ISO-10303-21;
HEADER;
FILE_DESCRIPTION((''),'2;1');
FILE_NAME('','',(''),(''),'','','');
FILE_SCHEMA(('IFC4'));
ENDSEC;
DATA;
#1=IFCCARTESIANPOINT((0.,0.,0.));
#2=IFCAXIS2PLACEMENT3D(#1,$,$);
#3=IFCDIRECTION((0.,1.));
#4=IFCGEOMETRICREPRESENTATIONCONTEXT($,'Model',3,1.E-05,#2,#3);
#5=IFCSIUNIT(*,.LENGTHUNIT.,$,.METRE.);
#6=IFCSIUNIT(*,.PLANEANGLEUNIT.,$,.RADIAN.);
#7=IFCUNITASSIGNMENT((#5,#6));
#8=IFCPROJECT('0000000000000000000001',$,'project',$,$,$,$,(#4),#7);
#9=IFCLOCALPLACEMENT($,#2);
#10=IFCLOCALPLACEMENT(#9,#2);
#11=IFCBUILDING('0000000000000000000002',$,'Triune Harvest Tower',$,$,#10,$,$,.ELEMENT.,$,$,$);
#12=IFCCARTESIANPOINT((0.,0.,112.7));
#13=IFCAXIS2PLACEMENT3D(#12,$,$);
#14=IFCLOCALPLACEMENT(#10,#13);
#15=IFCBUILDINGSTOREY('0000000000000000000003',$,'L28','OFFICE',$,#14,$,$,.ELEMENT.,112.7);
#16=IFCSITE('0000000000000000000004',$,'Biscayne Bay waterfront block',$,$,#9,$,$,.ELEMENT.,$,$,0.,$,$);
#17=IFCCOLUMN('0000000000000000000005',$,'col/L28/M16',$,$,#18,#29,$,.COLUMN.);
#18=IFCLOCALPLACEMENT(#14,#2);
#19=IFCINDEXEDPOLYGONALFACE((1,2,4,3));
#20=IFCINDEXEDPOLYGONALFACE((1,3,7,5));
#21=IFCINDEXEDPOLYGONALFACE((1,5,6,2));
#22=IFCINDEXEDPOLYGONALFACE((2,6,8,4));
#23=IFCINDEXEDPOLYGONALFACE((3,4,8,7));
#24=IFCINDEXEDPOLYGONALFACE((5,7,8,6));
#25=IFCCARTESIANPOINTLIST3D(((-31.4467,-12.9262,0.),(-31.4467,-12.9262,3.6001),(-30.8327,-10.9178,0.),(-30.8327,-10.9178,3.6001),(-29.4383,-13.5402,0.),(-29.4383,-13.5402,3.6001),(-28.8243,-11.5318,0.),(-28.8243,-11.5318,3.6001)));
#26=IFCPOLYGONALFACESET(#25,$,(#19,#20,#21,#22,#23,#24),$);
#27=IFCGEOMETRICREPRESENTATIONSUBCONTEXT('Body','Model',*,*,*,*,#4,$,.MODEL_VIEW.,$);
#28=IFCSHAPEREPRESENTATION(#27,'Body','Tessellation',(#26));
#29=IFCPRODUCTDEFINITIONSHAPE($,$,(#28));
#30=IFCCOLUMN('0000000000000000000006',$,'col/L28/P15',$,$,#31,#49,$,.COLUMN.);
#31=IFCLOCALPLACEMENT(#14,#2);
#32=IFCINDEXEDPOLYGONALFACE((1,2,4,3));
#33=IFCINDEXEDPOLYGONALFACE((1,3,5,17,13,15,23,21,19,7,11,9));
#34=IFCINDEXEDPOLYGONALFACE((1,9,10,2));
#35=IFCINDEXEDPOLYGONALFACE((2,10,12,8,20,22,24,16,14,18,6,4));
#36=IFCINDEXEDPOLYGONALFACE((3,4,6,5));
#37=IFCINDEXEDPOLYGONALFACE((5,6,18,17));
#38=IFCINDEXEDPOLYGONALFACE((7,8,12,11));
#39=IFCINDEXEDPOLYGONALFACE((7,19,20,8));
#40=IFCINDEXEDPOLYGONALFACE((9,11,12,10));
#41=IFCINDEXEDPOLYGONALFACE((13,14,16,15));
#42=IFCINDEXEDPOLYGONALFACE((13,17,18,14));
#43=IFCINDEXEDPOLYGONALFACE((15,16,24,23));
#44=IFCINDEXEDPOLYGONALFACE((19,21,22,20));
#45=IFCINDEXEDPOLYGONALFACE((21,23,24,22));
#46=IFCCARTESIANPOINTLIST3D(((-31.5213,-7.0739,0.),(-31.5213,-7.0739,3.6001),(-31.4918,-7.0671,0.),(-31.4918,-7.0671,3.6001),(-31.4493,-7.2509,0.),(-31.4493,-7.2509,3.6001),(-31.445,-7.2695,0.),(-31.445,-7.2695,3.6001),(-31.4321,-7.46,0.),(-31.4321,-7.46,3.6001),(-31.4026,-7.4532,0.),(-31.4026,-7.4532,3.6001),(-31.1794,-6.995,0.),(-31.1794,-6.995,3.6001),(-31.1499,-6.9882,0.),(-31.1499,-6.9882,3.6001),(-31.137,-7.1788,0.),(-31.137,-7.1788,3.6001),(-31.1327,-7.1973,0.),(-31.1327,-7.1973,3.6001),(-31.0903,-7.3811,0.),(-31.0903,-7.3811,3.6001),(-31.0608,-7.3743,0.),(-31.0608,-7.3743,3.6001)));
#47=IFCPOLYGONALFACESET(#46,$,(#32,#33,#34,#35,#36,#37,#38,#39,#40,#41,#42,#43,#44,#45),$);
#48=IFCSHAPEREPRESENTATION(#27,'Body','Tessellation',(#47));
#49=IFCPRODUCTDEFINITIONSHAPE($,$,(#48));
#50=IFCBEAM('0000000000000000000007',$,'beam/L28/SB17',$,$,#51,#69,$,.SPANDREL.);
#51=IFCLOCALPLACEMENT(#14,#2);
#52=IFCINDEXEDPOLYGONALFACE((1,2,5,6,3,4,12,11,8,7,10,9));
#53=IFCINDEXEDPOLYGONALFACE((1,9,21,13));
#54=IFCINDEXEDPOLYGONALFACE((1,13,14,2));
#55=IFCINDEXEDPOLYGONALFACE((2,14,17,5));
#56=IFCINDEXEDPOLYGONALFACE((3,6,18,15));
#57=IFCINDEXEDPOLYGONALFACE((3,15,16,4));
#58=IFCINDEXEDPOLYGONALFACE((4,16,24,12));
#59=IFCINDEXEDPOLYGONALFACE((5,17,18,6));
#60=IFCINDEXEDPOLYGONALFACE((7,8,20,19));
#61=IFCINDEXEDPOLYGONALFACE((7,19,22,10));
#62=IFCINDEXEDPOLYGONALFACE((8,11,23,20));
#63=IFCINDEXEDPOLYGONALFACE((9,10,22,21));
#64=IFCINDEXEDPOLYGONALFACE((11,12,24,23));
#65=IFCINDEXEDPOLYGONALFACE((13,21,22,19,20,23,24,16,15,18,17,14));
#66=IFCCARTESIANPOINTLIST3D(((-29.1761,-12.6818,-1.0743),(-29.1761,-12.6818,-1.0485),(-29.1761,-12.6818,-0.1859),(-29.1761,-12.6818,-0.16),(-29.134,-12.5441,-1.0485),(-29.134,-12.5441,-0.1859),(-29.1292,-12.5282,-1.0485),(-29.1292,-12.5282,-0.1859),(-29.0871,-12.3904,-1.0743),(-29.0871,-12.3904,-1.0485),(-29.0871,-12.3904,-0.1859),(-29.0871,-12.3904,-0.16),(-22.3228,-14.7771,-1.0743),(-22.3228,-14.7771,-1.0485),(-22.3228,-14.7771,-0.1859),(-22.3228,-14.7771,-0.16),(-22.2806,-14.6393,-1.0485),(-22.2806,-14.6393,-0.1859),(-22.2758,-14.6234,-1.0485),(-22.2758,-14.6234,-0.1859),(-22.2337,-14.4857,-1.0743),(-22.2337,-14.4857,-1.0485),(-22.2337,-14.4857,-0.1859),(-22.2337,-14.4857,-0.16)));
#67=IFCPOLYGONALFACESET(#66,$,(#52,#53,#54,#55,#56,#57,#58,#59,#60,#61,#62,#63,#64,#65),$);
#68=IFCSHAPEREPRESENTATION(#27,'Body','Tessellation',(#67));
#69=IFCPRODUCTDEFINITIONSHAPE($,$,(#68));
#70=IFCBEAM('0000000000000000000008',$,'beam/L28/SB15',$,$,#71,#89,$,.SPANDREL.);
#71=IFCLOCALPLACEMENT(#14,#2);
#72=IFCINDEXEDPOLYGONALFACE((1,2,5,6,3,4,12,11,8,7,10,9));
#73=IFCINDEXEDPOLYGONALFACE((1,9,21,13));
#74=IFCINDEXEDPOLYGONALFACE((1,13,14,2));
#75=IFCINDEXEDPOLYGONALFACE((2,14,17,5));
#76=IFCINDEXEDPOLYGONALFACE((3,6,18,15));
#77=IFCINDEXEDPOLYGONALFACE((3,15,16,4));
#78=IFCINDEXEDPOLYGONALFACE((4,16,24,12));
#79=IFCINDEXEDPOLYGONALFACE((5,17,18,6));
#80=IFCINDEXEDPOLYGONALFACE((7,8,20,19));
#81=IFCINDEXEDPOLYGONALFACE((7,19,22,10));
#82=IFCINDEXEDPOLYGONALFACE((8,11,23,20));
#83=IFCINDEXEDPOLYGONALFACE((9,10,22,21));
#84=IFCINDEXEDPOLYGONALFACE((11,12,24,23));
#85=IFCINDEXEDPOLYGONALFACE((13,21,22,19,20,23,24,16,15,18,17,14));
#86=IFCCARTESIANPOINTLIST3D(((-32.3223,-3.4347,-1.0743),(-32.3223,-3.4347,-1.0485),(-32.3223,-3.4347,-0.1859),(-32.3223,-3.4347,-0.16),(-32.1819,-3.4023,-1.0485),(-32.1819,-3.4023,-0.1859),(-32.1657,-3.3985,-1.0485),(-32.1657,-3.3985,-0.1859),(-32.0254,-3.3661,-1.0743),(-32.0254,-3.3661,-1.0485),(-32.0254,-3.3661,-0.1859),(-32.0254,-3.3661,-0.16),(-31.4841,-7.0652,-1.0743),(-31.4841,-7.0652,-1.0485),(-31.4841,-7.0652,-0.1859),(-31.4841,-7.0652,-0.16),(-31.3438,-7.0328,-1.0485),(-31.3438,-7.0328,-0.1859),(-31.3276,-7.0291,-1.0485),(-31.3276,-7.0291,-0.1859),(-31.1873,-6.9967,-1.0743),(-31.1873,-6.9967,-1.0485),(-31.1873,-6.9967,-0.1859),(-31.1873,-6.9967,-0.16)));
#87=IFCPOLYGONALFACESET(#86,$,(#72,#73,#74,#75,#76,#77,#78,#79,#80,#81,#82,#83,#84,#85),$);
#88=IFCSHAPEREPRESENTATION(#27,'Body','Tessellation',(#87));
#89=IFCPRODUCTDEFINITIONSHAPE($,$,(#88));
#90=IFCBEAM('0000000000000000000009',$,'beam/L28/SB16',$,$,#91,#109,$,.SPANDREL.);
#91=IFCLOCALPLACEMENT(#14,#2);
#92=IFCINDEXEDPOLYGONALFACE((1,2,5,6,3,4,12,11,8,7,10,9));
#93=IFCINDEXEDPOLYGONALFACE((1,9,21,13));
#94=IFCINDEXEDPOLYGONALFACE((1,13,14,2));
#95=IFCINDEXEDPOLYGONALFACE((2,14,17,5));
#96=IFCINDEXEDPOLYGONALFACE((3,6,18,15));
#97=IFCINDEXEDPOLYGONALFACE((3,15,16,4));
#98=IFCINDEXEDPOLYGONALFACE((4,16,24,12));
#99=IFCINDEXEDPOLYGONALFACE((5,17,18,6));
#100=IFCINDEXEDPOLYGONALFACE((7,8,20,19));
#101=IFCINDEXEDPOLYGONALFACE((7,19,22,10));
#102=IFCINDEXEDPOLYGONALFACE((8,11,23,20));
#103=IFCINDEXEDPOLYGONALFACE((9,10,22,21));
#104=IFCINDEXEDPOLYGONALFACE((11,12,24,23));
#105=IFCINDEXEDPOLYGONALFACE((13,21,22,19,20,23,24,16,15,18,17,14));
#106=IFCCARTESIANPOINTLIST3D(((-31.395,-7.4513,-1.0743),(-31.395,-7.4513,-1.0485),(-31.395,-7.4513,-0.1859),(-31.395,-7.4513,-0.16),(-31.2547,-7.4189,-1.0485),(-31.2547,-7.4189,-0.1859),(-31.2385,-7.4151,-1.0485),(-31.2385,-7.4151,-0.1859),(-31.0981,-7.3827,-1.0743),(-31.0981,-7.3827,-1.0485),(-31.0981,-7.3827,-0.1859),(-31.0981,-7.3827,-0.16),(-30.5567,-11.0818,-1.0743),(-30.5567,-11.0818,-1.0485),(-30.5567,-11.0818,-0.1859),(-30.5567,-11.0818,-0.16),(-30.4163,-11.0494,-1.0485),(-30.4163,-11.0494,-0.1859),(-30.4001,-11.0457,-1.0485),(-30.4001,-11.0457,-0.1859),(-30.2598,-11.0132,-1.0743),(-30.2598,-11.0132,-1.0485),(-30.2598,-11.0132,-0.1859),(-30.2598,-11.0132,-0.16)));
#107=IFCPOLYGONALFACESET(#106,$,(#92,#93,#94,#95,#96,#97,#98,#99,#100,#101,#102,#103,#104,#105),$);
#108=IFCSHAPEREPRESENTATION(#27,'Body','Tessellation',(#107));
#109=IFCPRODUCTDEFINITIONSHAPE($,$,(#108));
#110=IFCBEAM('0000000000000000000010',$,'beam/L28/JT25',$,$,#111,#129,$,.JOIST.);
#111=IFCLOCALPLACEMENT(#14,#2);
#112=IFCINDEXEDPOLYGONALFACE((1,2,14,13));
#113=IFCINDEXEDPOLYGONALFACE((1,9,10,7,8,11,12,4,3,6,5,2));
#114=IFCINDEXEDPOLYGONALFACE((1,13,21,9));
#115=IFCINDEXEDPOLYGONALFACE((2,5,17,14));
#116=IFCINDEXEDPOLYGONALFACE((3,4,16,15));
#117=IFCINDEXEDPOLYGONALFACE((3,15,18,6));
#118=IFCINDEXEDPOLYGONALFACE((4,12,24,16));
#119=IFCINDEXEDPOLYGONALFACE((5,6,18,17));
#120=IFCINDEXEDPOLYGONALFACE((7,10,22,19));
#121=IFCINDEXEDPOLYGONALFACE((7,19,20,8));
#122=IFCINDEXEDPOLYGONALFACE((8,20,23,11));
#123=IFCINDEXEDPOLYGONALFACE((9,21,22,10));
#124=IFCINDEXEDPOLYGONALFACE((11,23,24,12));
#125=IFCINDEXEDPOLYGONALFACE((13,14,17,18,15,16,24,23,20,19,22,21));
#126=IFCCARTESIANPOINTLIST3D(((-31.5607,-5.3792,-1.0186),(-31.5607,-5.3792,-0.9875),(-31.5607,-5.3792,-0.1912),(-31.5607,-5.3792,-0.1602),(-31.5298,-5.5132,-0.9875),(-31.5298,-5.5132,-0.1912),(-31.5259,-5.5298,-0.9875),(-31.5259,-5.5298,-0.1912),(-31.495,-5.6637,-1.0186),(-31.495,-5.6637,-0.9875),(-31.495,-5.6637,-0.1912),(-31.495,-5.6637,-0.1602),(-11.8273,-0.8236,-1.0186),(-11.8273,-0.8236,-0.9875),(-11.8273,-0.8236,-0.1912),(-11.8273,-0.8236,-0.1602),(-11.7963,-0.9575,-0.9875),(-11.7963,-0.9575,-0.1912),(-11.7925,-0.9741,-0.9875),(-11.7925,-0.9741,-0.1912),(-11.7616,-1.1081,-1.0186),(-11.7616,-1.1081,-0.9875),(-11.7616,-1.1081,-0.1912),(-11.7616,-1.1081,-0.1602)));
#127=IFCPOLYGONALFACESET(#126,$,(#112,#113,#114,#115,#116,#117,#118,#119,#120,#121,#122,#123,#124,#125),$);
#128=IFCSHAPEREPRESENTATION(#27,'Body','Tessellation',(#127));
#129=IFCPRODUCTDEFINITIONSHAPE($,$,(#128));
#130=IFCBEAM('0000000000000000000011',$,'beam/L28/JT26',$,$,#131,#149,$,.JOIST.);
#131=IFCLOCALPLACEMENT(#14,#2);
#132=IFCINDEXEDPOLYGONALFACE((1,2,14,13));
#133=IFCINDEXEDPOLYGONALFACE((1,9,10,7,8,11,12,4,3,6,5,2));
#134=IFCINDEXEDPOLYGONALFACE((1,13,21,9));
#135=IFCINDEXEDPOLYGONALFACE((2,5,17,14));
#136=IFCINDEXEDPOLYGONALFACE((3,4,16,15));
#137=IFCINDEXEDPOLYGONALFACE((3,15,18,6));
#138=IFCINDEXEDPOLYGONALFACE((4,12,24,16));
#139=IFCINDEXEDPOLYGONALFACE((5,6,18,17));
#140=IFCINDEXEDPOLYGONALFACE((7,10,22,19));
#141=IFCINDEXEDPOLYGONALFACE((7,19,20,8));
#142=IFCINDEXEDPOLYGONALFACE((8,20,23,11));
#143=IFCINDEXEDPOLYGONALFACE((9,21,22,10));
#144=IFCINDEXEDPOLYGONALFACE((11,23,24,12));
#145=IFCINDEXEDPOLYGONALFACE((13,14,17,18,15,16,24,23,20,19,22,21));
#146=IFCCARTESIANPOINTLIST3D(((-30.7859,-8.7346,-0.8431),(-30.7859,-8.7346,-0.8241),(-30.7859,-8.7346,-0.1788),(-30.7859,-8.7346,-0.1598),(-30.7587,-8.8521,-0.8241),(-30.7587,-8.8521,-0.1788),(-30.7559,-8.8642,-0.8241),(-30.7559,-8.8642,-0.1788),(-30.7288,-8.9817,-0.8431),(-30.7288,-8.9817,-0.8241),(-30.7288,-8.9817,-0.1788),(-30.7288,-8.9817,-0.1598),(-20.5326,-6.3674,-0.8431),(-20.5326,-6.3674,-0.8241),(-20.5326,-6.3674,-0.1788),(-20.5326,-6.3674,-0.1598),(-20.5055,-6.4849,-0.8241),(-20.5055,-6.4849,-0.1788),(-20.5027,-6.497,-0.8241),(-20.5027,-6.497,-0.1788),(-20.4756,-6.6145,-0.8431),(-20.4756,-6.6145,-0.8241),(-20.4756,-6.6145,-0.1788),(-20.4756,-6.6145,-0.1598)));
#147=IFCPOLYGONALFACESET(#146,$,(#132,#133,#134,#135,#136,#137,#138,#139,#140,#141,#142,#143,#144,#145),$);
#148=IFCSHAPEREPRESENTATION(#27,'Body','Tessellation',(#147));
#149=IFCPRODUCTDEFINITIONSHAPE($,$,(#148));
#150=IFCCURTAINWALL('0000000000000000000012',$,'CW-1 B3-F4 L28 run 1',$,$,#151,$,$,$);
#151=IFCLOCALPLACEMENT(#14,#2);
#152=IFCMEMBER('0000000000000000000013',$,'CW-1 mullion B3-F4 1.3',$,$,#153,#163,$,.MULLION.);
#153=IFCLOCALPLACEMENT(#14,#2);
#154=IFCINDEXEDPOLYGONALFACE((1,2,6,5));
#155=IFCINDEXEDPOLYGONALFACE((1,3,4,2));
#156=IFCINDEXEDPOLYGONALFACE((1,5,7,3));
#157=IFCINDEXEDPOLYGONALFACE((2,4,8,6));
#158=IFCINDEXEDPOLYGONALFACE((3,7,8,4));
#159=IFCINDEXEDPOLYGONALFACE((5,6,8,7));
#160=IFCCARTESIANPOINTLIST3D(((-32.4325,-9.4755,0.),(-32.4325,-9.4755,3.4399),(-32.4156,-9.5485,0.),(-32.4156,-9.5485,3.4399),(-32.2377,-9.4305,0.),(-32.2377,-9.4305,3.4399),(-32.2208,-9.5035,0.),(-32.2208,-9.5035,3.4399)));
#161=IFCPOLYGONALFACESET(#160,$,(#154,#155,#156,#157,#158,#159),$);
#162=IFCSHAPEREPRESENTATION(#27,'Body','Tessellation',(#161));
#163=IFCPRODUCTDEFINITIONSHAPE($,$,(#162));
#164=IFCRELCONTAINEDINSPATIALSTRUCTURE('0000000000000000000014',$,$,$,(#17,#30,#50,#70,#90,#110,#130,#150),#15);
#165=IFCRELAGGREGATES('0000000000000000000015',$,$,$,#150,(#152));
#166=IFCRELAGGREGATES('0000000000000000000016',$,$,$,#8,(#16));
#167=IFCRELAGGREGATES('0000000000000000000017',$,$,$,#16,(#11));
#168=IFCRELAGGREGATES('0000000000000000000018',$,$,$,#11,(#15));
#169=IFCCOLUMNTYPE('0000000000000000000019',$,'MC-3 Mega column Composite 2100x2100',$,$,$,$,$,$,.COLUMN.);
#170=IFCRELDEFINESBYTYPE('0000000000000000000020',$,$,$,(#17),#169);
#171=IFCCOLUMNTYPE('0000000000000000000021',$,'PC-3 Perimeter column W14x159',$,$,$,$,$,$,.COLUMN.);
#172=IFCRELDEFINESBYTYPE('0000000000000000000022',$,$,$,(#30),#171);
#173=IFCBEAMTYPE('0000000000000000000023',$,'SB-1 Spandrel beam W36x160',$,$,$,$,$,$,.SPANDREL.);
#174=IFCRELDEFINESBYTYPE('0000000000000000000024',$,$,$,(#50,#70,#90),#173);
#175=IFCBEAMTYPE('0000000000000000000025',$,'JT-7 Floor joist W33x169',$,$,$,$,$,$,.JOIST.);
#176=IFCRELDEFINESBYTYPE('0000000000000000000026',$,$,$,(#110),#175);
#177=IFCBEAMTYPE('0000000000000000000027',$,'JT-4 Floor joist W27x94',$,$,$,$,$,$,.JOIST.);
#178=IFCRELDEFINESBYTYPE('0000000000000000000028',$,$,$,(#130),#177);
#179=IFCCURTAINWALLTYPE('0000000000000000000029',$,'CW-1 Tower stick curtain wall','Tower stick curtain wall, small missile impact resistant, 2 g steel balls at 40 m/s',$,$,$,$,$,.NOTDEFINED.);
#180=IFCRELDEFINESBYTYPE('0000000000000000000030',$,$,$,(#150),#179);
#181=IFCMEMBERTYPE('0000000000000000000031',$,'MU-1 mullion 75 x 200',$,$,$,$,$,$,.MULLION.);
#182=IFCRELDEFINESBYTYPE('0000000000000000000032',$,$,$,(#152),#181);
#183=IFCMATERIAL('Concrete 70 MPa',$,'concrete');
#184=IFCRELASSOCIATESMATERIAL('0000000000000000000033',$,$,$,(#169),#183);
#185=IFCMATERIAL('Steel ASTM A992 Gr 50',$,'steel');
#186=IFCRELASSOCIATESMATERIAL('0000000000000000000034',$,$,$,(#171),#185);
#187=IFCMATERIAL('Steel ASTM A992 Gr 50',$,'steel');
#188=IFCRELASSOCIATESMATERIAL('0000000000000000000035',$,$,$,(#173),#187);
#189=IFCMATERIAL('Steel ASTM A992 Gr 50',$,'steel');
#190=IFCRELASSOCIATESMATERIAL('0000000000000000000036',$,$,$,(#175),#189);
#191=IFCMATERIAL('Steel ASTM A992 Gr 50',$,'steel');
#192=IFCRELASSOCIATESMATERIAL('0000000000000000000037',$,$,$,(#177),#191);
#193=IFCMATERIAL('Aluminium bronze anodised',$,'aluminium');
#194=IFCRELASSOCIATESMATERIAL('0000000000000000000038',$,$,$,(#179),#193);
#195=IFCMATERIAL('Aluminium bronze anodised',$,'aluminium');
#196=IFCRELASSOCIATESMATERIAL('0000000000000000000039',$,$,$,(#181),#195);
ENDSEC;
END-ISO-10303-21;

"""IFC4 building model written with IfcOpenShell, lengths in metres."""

from ifc_helpers import new_model, si_unit, direction, frame, origin, origin_2d, place, context, subcontext, project, spatial, rectangle, i_section, extrude, source, transform, mapped, material, material_profile, profile_set, type_object, element, aggregate, save


model = new_model("IFC4")

# Units and contexts
model_context = context("Model", 3, precision=1e-05, world=origin(), true_north=direction((0.0, 1.0)))
body_context = subcontext(model_context, "Body", "Model", "MODEL_VIEW")
ifc_project = project(units=[si_unit("LENGTHUNIT", "METRE"), si_unit("PLANEANGLEUNIT", "RADIAN")], contexts=[model_context])

# Site, building, storey
site_placement = place(None, origin())
site = spatial("IfcSite", under=ifc_project, at=site_placement, Name="Biscayne Bay waterfront block", CompositionType="ELEMENT", RefElevation=0.0)
building_placement = place(site_placement, origin())
building = spatial("IfcBuilding", under=site, at=building_placement, Name="Triune Harvest Tower", CompositionType="ELEMENT")
storey_placement = place(building_placement, frame((0.0, 0.0, 112.7)))
storey = spatial("IfcBuildingStorey", under=building, at=storey_placement, Name="L28", Description="OFFICE", CompositionType="ELEMENT", Elevation=112.7)

# Columns
ifc_material_1 = material(Name="Concrete 70 MPa", Category="concrete")
ifc_material_profile_1 = material_profile(ifc_material_1, rectangle(XDim=2.1001, YDim=2.1001, at=origin_2d()), Name="Composite 2100x2100")
ifc_profile_set_1 = profile_set([ifc_material_profile_1], Name="Concrete 70 MPa")
column_type_1 = type_object("IfcColumnType", Name="MC-3 Mega column Composite 2100x2100", PredefinedType="COLUMN", material=ifc_profile_set_1)
shared_shape_1 = source(origin(), body_context, "Body", "SweptSolid", [
    extrude(rectangle(XDim=2.1001, YDim=2.1001, at=origin_2d()), origin(), (0.0, 0.0, 1.0), 3.6001),
])
column_1_placement = place(storey_placement, frame((-30.1355, -12.229, 0.0), z_axis=(0.0, 0.0, 1.0), x_axis=(0.956305, -0.292372, 0.0)))
element("IfcColumn", 1, at=column_1_placement, inside=storey, type_object=column_type_1, Name="col/L28/M16", PredefinedType="COLUMN", context=body_context, shape_type="MappedRepresentation", body=[
    mapped(shared_shape_1, transform((0.0, 0.0, 0.0), scale=1.0)),
])
ifc_material_2 = material(Name="Steel ASTM A992 Gr 50", Category="steel")
ifc_material_profile_2 = material_profile(ifc_material_2, i_section(OverallWidth=0.3962, OverallDepth=0.3811, WebThickness=0.019, FlangeThickness=0.0303, at=origin_2d()), Name="W14x159")
ifc_profile_set_2 = profile_set([ifc_material_profile_2], Name="Steel ASTM A992 Gr 50")
column_type_2 = type_object("IfcColumnType", Name="PC-3 Perimeter column W14x159", PredefinedType="COLUMN", material=ifc_profile_set_2)
shared_shape_2 = source(origin(), body_context, "Body", "SweptSolid", [
    extrude(i_section(OverallWidth=0.3962, OverallDepth=0.3811, WebThickness=0.019, FlangeThickness=0.0303, at=origin_2d()), origin(), (0.0, 0.0, 1.0), 3.6001),
])
column_2_placement = place(storey_placement, frame((-31.291, -7.2241, 0.0), z_axis=(0.0, 0.0, 1.0), x_axis=(0.224951, -0.97437, 0.0)))
element("IfcColumn", 2, at=column_2_placement, inside=storey, type_object=column_type_2, Name="col/L28/P15", PredefinedType="COLUMN", context=body_context, shape_type="MappedRepresentation", body=[
    mapped(shared_shape_2, transform((0.0, 0.0, 0.0), scale=1.0)),
])

# Beams
ifc_material_3 = material(Name="Steel ASTM A992 Gr 50", Category="steel")
ifc_material_profile_3 = material_profile(ifc_material_3, i_section(OverallWidth=0.3047, OverallDepth=0.9143, WebThickness=0.0166, FlangeThickness=0.0259, at=origin_2d()), Name="W36x160")
ifc_profile_set_3 = profile_set([ifc_material_profile_3], Name="Steel ASTM A992 Gr 50")
beam_type_1 = type_object("IfcBeamType", Name="SB-1 Spandrel beam W36x160", PredefinedType="SPANDREL", material=ifc_profile_set_3)
shared_shape_3 = source(origin(), body_context, "Body", "SweptSolid", [
    extrude(i_section(OverallWidth=0.3047, OverallDepth=0.9143, WebThickness=0.0166, FlangeThickness=0.0259, at=origin_2d()), origin(), (0.0, 0.0, 1.0), 7.1665),
])
beam_1_placement = place(storey_placement, frame((-29.1316, -12.5361, -0.6172), z_axis=(0.956306, -0.292367, 0.0), x_axis=(0.292367, 0.956306, 0.0)))
element("IfcBeam", 3, at=beam_1_placement, inside=storey, type_object=beam_type_1, Name="beam/L28/SB17", PredefinedType="SPANDREL", context=body_context, shape_type="MappedRepresentation", body=[
    mapped(shared_shape_3, transform((0.0, 0.0, 0.0), scale=1.0)),
])
shared_shape_4 = source(origin(), body_context, "Body", "SweptSolid", [
    extrude(i_section(OverallWidth=0.3047, OverallDepth=0.9143, WebThickness=0.0166, FlangeThickness=0.0259, at=origin_2d()), origin(), (0.0, 0.0, 1.0), 3.7261),
])
for number, where, z_axis, x_axis, name in (
    (4, (-32.1738, -3.4004, -0.6172), (0.224936, -0.974374, 0.0), (0.974374, 0.224936, 0.0), "beam/L28/SB15"),
    (5, (-31.2466, -7.417, -0.6172), (0.224998, -0.974359, 0.0), (0.974359, 0.224998, 0.0), "beam/L28/SB16"),
):
    element("IfcBeam", number, at=place(storey_placement, frame(where, z_axis=z_axis, x_axis=x_axis)), inside=storey, type_object=beam_type_1, Name=name, PredefinedType="SPANDREL", context=body_context, shape_type="MappedRepresentation", body=[
        mapped(shared_shape_4, transform((0.0, 0.0, 0.0), scale=1.0)),
    ])
ifc_material_4 = material(Name="Steel ASTM A992 Gr 50", Category="steel")
ifc_material_profile_4 = material_profile(ifc_material_4, i_section(OverallWidth=0.292, OverallDepth=0.8584, WebThickness=0.0171, FlangeThickness=0.031, at=origin_2d()), Name="W33x169")
ifc_profile_set_4 = profile_set([ifc_material_profile_4], Name="Steel ASTM A992 Gr 50")
beam_type_2 = type_object("IfcBeamType", Name="JT-7 Floor joist W33x169", PredefinedType="JOIST", material=ifc_profile_set_4)
shared_shape_5 = source(origin(), body_context, "Body", "SweptSolid", [
    extrude(i_section(OverallWidth=0.292, OverallDepth=0.8584, WebThickness=0.0171, FlangeThickness=0.031, at=origin_2d()), origin(), (0.0, 0.0, 1.0), 20.2524),
])
beam_2_placement = place(storey_placement, frame((-31.5278, -5.5215, -0.5894), z_axis=(0.974372, 0.224944, 0.0), x_axis=(-0.224944, 0.974372, 0.0)))
element("IfcBeam", 6, at=beam_2_placement, inside=storey, type_object=beam_type_2, Name="beam/L28/JT25", PredefinedType="JOIST", context=body_context, shape_type="MappedRepresentation", body=[
    mapped(shared_shape_5, transform((0.0, 0.0, 0.0), scale=1.0)),
])
ifc_material_5 = material(Name="Steel ASTM A992 Gr 50", Category="steel")
ifc_material_profile_5 = material_profile(ifc_material_5, i_section(OverallWidth=0.2537, OverallDepth=0.6833, WebThickness=0.0125, FlangeThickness=0.019, at=origin_2d()), Name="W27x94")
ifc_profile_set_5 = profile_set([ifc_material_profile_5], Name="Steel ASTM A992 Gr 50")
beam_type_3 = type_object("IfcBeamType", Name="JT-4 Floor joist W27x94", PredefinedType="JOIST", material=ifc_profile_set_5)
shared_shape_6 = source(origin(), body_context, "Body", "SweptSolid", [
    extrude(i_section(OverallWidth=0.2537, OverallDepth=0.6833, WebThickness=0.0125, FlangeThickness=0.019, at=origin_2d()), origin(), (0.0, 0.0, 1.0), 10.5229),
])
beam_3_placement = place(storey_placement, frame((-30.7573, -8.8582, -0.5015), z_axis=(0.974369, 0.224956, 0.0), x_axis=(-0.224956, 0.974369, 0.0)))
element("IfcBeam", 7, at=beam_3_placement, inside=storey, type_object=beam_type_3, Name="beam/L28/JT26", PredefinedType="JOIST", context=body_context, shape_type="MappedRepresentation", body=[
    mapped(shared_shape_6, transform((0.0, 0.0, 0.0), scale=1.0)),
])

# Curtain wall, member
ifc_material_6 = material(Name="Aluminium bronze anodised", Category="aluminium")
curtain_wall_type_1 = type_object("IfcCurtainWallType", Name="CW-1 Tower stick curtain wall", Description="Tower stick curtain wall, small missile impact resistant, 2 g steel balls at 40 m/s", PredefinedType="NOTDEFINED", material=ifc_material_6)
curtain_wall_1_placement = place(storey_placement, origin())
curtain_wall_1 = element("IfcCurtainWall", 8, at=curtain_wall_1_placement, inside=storey, type_object=curtain_wall_type_1, Name="CW-1 B3-F4 L28 run 1")
ifc_material_7 = material(Name="Aluminium bronze anodised", Category="aluminium")
ifc_material_profile_6 = material_profile(ifc_material_7, rectangle(XDim=0.2, YDim=0.075, at=origin_2d()), Name="MU-1 mullion 75 x 200")
ifc_profile_set_6 = profile_set([ifc_material_profile_6], Name="Aluminium bronze anodised")
member_type_1 = type_object("IfcMemberType", Name="MU-1 mullion 75 x 200", PredefinedType="MULLION", material=ifc_profile_set_6)
shared_shape_7 = source(origin(), body_context, "Body", "SweptSolid", [
    extrude(rectangle(XDim=0.2, YDim=0.075, at=origin_2d()), origin(), (0.0, 0.0, 1.0), 3.4399),
])
member_1_placement = place(storey_placement, frame((-32.3267, -9.4895, 0.0), z_axis=(0.0, 0.0, 1.0), x_axis=(0.974371, 0.224947, 0.0)))
member_1 = element("IfcMember", 9, at=member_1_placement, type_object=member_type_1, Name="CW-1 mullion B3-F4 1.3", PredefinedType="MULLION", context=body_context, shape_type="MappedRepresentation", body=[
    mapped(shared_shape_7, transform((0.0, 0.0, 0.0), scale=1.0)),
])

aggregate(curtain_wall_1, [member_1])

save(model, "model.ifc")
